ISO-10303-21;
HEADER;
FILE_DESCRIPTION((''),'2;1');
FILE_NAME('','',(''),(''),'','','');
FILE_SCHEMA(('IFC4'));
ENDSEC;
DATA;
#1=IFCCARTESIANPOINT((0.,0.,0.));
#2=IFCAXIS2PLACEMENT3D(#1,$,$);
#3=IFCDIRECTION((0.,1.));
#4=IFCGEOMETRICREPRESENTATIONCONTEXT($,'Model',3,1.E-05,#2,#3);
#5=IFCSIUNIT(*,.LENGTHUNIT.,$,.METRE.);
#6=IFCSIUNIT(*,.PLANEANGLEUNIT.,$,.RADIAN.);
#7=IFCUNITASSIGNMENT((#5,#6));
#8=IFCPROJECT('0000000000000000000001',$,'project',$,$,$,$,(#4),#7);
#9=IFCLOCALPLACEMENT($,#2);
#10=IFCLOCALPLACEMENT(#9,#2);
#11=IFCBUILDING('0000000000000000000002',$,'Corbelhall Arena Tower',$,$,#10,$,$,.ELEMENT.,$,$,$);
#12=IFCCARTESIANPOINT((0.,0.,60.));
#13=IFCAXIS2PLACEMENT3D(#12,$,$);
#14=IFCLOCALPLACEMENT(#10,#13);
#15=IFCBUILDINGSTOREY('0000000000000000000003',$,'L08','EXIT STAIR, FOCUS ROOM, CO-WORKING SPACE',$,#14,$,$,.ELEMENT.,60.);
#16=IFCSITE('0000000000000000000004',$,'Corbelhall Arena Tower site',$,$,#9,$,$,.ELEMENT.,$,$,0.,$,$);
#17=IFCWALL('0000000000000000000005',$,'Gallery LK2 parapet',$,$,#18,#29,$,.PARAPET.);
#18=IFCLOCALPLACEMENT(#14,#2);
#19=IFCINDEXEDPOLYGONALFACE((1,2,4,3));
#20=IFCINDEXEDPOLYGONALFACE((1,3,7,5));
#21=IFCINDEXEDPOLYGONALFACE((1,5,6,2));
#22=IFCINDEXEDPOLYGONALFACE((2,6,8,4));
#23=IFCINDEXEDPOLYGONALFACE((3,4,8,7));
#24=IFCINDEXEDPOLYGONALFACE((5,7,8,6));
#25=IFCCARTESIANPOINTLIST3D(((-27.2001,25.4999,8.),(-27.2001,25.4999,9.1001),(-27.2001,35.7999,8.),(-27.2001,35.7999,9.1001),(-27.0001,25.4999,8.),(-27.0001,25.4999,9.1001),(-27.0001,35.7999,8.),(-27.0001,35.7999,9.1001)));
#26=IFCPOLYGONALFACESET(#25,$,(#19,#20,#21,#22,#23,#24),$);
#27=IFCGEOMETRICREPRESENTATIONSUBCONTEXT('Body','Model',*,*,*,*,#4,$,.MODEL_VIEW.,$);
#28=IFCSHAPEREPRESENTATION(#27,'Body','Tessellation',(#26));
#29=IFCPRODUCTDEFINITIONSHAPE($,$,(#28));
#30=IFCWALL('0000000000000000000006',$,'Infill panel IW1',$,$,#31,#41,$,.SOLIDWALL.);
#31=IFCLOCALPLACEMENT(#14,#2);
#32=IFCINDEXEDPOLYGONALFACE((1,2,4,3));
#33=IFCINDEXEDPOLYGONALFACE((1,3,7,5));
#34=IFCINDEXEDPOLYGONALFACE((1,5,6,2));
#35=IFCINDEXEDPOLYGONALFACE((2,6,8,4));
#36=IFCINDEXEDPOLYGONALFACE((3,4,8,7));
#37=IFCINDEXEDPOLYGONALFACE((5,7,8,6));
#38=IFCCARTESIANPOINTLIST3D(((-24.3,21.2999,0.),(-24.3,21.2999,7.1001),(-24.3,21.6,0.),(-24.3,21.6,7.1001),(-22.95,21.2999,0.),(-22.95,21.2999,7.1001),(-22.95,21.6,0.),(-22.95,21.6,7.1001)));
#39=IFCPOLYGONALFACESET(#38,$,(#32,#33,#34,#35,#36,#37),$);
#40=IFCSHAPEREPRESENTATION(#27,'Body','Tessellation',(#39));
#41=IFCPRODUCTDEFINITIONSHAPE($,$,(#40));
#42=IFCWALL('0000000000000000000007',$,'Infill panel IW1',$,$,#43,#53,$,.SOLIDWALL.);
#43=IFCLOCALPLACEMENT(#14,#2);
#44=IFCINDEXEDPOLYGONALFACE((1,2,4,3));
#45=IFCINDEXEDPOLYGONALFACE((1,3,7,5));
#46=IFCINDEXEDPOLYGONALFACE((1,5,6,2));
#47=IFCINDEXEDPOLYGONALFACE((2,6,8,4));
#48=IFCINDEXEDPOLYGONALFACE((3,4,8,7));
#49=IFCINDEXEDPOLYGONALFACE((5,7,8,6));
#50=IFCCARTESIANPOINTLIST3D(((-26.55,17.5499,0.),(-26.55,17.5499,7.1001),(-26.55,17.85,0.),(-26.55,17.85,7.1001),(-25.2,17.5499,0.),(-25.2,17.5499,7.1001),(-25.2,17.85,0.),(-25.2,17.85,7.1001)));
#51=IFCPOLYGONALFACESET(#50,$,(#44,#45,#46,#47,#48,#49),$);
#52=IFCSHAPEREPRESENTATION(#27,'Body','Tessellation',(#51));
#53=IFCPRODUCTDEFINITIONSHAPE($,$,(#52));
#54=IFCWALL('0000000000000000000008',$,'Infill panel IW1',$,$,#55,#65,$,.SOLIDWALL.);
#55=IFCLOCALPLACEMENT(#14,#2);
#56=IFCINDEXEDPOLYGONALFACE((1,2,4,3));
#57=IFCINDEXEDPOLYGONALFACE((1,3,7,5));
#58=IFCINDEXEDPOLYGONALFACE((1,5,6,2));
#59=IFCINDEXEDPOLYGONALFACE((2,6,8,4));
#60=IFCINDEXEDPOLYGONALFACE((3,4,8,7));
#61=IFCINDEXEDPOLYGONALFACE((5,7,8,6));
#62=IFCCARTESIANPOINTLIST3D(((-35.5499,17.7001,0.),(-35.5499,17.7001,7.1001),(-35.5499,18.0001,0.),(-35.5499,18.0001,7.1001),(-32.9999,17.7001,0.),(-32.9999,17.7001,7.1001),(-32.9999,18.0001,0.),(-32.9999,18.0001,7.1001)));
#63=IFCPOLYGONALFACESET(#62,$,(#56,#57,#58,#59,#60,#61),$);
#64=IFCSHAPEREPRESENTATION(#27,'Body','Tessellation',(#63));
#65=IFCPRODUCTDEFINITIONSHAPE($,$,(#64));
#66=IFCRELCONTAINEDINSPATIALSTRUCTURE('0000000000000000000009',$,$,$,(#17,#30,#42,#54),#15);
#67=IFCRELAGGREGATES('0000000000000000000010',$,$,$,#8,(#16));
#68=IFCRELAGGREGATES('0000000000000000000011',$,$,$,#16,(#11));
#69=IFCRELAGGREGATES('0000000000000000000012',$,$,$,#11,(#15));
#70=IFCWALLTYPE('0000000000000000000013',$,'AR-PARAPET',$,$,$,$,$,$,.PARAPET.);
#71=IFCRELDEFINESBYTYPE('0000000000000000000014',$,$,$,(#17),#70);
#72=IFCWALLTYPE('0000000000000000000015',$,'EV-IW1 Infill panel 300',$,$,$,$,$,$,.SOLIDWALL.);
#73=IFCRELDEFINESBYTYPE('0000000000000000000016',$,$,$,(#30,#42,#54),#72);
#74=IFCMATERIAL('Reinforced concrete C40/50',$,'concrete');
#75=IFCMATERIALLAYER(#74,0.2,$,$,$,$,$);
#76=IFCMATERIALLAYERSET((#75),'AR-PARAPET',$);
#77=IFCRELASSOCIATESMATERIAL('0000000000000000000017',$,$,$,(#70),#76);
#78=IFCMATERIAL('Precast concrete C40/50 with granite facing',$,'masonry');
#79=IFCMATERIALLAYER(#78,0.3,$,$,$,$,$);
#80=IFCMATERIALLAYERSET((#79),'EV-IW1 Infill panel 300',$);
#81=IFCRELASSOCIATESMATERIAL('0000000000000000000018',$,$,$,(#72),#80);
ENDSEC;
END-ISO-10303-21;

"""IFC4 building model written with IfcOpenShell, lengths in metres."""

from ifc_helpers import new_model, si_unit, direction, frame, frame_2d, origin, place, context, subcontext, project, spatial, rectangle, extrude, material, layer, layer_set, type_object, element, save


model = new_model("IFC4")

# Units and contexts
model_context = context("Model", 3, precision=1e-05, world=origin(), true_north=direction((0.0, 1.0)))
body_context = subcontext(model_context, "Body", "Model", "MODEL_VIEW")
ifc_project = project(units=[si_unit("LENGTHUNIT", "METRE"), si_unit("PLANEANGLEUNIT", "RADIAN")], contexts=[model_context])

# Site, building, storey
site_placement = place(None, origin())
site = spatial("IfcSite", under=ifc_project, at=site_placement, Name="Corbelhall Arena Tower site", CompositionType="ELEMENT", RefElevation=0.0)
building_placement = place(site_placement, origin())
building = spatial("IfcBuilding", under=site, at=building_placement, Name="Corbelhall Arena Tower", CompositionType="ELEMENT")
storey_placement = place(building_placement, frame((0.0, 0.0, 60.0)))
storey = spatial("IfcBuildingStorey", under=building, at=storey_placement, Name="L08", Description="EXIT STAIR, FOCUS ROOM, CO-WORKING SPACE", CompositionType="ELEMENT", Elevation=60.0)

# Shared definitions
ifc_material_1 = material(Name="Reinforced concrete C40/50", Category="concrete")

# Walls
ifc_layer_1 = layer(ifc_material_1, 0.2)
ifc_layer_set_1 = layer_set([ifc_layer_1], Name="AR-PARAPET")
wall_type_1 = type_object("IfcWallType", Name="AR-PARAPET", PredefinedType="PARAPET", material=ifc_layer_set_1)
wall_1_placement = place(storey_placement, frame((-27.1001, 25.5, 8.0), z_axis=(0.0, 0.0, 1.0), x_axis=(0.0, 1.0, 0.0)))
element("IfcWall", 1, at=wall_1_placement, inside=storey, type_object=wall_type_1, Name="Gallery LK2 parapet", PredefinedType="PARAPET", context=body_context, shape_type="SweptSolid", body=[
    extrude(rectangle(XDim=10.3, YDim=0.2, at=frame_2d((5.1499, 0.0))), origin(), (0.0, 0.0, 1.0), 1.1001),
])
ifc_material_2 = material(Name="Precast concrete C40/50 with granite facing", Category="masonry")
ifc_layer_2 = layer(ifc_material_2, 0.3)
ifc_layer_set_2 = layer_set([ifc_layer_2], Name="EV-IW1 Infill panel 300")
wall_type_2 = type_object("IfcWallType", Name="EV-IW1 Infill panel 300", PredefinedType="SOLIDWALL", material=ifc_layer_set_2)
for number, where, z_axis, x_axis, name in (
    (2, (-22.95, 21.45, 0.0), (0.0, 0.0, 1.0), (-1.0, 0.0, 0.0), "Infill panel IW1"),
    (3, (-25.2, 17.7, 0.0), (0.0, 0.0, 1.0), (-1.0, 0.0, 0.0), "Infill panel IW1"),
):
    element("IfcWall", number, at=place(storey_placement, frame(where, z_axis=z_axis, x_axis=x_axis)), inside=storey, type_object=wall_type_2, Name=name, PredefinedType="SOLIDWALL", context=body_context, shape_type="SweptSolid", body=[
        extrude(rectangle(XDim=1.3501, YDim=0.3, at=frame_2d((0.675, 0.0))), origin(), (0.0, 0.0, 1.0), 7.1001),
    ])
wall_2_placement = place(storey_placement, frame((-33.0, 17.8501, 0.0), z_axis=(0.0, 0.0, 1.0), x_axis=(-1.0, 0.0, 0.0)))
element("IfcWall", 4, at=wall_2_placement, inside=storey, type_object=wall_type_2, Name="Infill panel IW1", PredefinedType="SOLIDWALL", context=body_context, shape_type="SweptSolid", body=[
    extrude(rectangle(XDim=2.55, YDim=0.3, at=frame_2d((1.2749, 0.0))), origin(), (0.0, 0.0, 1.0), 7.1001),
])

save(model, "model.ifc")
